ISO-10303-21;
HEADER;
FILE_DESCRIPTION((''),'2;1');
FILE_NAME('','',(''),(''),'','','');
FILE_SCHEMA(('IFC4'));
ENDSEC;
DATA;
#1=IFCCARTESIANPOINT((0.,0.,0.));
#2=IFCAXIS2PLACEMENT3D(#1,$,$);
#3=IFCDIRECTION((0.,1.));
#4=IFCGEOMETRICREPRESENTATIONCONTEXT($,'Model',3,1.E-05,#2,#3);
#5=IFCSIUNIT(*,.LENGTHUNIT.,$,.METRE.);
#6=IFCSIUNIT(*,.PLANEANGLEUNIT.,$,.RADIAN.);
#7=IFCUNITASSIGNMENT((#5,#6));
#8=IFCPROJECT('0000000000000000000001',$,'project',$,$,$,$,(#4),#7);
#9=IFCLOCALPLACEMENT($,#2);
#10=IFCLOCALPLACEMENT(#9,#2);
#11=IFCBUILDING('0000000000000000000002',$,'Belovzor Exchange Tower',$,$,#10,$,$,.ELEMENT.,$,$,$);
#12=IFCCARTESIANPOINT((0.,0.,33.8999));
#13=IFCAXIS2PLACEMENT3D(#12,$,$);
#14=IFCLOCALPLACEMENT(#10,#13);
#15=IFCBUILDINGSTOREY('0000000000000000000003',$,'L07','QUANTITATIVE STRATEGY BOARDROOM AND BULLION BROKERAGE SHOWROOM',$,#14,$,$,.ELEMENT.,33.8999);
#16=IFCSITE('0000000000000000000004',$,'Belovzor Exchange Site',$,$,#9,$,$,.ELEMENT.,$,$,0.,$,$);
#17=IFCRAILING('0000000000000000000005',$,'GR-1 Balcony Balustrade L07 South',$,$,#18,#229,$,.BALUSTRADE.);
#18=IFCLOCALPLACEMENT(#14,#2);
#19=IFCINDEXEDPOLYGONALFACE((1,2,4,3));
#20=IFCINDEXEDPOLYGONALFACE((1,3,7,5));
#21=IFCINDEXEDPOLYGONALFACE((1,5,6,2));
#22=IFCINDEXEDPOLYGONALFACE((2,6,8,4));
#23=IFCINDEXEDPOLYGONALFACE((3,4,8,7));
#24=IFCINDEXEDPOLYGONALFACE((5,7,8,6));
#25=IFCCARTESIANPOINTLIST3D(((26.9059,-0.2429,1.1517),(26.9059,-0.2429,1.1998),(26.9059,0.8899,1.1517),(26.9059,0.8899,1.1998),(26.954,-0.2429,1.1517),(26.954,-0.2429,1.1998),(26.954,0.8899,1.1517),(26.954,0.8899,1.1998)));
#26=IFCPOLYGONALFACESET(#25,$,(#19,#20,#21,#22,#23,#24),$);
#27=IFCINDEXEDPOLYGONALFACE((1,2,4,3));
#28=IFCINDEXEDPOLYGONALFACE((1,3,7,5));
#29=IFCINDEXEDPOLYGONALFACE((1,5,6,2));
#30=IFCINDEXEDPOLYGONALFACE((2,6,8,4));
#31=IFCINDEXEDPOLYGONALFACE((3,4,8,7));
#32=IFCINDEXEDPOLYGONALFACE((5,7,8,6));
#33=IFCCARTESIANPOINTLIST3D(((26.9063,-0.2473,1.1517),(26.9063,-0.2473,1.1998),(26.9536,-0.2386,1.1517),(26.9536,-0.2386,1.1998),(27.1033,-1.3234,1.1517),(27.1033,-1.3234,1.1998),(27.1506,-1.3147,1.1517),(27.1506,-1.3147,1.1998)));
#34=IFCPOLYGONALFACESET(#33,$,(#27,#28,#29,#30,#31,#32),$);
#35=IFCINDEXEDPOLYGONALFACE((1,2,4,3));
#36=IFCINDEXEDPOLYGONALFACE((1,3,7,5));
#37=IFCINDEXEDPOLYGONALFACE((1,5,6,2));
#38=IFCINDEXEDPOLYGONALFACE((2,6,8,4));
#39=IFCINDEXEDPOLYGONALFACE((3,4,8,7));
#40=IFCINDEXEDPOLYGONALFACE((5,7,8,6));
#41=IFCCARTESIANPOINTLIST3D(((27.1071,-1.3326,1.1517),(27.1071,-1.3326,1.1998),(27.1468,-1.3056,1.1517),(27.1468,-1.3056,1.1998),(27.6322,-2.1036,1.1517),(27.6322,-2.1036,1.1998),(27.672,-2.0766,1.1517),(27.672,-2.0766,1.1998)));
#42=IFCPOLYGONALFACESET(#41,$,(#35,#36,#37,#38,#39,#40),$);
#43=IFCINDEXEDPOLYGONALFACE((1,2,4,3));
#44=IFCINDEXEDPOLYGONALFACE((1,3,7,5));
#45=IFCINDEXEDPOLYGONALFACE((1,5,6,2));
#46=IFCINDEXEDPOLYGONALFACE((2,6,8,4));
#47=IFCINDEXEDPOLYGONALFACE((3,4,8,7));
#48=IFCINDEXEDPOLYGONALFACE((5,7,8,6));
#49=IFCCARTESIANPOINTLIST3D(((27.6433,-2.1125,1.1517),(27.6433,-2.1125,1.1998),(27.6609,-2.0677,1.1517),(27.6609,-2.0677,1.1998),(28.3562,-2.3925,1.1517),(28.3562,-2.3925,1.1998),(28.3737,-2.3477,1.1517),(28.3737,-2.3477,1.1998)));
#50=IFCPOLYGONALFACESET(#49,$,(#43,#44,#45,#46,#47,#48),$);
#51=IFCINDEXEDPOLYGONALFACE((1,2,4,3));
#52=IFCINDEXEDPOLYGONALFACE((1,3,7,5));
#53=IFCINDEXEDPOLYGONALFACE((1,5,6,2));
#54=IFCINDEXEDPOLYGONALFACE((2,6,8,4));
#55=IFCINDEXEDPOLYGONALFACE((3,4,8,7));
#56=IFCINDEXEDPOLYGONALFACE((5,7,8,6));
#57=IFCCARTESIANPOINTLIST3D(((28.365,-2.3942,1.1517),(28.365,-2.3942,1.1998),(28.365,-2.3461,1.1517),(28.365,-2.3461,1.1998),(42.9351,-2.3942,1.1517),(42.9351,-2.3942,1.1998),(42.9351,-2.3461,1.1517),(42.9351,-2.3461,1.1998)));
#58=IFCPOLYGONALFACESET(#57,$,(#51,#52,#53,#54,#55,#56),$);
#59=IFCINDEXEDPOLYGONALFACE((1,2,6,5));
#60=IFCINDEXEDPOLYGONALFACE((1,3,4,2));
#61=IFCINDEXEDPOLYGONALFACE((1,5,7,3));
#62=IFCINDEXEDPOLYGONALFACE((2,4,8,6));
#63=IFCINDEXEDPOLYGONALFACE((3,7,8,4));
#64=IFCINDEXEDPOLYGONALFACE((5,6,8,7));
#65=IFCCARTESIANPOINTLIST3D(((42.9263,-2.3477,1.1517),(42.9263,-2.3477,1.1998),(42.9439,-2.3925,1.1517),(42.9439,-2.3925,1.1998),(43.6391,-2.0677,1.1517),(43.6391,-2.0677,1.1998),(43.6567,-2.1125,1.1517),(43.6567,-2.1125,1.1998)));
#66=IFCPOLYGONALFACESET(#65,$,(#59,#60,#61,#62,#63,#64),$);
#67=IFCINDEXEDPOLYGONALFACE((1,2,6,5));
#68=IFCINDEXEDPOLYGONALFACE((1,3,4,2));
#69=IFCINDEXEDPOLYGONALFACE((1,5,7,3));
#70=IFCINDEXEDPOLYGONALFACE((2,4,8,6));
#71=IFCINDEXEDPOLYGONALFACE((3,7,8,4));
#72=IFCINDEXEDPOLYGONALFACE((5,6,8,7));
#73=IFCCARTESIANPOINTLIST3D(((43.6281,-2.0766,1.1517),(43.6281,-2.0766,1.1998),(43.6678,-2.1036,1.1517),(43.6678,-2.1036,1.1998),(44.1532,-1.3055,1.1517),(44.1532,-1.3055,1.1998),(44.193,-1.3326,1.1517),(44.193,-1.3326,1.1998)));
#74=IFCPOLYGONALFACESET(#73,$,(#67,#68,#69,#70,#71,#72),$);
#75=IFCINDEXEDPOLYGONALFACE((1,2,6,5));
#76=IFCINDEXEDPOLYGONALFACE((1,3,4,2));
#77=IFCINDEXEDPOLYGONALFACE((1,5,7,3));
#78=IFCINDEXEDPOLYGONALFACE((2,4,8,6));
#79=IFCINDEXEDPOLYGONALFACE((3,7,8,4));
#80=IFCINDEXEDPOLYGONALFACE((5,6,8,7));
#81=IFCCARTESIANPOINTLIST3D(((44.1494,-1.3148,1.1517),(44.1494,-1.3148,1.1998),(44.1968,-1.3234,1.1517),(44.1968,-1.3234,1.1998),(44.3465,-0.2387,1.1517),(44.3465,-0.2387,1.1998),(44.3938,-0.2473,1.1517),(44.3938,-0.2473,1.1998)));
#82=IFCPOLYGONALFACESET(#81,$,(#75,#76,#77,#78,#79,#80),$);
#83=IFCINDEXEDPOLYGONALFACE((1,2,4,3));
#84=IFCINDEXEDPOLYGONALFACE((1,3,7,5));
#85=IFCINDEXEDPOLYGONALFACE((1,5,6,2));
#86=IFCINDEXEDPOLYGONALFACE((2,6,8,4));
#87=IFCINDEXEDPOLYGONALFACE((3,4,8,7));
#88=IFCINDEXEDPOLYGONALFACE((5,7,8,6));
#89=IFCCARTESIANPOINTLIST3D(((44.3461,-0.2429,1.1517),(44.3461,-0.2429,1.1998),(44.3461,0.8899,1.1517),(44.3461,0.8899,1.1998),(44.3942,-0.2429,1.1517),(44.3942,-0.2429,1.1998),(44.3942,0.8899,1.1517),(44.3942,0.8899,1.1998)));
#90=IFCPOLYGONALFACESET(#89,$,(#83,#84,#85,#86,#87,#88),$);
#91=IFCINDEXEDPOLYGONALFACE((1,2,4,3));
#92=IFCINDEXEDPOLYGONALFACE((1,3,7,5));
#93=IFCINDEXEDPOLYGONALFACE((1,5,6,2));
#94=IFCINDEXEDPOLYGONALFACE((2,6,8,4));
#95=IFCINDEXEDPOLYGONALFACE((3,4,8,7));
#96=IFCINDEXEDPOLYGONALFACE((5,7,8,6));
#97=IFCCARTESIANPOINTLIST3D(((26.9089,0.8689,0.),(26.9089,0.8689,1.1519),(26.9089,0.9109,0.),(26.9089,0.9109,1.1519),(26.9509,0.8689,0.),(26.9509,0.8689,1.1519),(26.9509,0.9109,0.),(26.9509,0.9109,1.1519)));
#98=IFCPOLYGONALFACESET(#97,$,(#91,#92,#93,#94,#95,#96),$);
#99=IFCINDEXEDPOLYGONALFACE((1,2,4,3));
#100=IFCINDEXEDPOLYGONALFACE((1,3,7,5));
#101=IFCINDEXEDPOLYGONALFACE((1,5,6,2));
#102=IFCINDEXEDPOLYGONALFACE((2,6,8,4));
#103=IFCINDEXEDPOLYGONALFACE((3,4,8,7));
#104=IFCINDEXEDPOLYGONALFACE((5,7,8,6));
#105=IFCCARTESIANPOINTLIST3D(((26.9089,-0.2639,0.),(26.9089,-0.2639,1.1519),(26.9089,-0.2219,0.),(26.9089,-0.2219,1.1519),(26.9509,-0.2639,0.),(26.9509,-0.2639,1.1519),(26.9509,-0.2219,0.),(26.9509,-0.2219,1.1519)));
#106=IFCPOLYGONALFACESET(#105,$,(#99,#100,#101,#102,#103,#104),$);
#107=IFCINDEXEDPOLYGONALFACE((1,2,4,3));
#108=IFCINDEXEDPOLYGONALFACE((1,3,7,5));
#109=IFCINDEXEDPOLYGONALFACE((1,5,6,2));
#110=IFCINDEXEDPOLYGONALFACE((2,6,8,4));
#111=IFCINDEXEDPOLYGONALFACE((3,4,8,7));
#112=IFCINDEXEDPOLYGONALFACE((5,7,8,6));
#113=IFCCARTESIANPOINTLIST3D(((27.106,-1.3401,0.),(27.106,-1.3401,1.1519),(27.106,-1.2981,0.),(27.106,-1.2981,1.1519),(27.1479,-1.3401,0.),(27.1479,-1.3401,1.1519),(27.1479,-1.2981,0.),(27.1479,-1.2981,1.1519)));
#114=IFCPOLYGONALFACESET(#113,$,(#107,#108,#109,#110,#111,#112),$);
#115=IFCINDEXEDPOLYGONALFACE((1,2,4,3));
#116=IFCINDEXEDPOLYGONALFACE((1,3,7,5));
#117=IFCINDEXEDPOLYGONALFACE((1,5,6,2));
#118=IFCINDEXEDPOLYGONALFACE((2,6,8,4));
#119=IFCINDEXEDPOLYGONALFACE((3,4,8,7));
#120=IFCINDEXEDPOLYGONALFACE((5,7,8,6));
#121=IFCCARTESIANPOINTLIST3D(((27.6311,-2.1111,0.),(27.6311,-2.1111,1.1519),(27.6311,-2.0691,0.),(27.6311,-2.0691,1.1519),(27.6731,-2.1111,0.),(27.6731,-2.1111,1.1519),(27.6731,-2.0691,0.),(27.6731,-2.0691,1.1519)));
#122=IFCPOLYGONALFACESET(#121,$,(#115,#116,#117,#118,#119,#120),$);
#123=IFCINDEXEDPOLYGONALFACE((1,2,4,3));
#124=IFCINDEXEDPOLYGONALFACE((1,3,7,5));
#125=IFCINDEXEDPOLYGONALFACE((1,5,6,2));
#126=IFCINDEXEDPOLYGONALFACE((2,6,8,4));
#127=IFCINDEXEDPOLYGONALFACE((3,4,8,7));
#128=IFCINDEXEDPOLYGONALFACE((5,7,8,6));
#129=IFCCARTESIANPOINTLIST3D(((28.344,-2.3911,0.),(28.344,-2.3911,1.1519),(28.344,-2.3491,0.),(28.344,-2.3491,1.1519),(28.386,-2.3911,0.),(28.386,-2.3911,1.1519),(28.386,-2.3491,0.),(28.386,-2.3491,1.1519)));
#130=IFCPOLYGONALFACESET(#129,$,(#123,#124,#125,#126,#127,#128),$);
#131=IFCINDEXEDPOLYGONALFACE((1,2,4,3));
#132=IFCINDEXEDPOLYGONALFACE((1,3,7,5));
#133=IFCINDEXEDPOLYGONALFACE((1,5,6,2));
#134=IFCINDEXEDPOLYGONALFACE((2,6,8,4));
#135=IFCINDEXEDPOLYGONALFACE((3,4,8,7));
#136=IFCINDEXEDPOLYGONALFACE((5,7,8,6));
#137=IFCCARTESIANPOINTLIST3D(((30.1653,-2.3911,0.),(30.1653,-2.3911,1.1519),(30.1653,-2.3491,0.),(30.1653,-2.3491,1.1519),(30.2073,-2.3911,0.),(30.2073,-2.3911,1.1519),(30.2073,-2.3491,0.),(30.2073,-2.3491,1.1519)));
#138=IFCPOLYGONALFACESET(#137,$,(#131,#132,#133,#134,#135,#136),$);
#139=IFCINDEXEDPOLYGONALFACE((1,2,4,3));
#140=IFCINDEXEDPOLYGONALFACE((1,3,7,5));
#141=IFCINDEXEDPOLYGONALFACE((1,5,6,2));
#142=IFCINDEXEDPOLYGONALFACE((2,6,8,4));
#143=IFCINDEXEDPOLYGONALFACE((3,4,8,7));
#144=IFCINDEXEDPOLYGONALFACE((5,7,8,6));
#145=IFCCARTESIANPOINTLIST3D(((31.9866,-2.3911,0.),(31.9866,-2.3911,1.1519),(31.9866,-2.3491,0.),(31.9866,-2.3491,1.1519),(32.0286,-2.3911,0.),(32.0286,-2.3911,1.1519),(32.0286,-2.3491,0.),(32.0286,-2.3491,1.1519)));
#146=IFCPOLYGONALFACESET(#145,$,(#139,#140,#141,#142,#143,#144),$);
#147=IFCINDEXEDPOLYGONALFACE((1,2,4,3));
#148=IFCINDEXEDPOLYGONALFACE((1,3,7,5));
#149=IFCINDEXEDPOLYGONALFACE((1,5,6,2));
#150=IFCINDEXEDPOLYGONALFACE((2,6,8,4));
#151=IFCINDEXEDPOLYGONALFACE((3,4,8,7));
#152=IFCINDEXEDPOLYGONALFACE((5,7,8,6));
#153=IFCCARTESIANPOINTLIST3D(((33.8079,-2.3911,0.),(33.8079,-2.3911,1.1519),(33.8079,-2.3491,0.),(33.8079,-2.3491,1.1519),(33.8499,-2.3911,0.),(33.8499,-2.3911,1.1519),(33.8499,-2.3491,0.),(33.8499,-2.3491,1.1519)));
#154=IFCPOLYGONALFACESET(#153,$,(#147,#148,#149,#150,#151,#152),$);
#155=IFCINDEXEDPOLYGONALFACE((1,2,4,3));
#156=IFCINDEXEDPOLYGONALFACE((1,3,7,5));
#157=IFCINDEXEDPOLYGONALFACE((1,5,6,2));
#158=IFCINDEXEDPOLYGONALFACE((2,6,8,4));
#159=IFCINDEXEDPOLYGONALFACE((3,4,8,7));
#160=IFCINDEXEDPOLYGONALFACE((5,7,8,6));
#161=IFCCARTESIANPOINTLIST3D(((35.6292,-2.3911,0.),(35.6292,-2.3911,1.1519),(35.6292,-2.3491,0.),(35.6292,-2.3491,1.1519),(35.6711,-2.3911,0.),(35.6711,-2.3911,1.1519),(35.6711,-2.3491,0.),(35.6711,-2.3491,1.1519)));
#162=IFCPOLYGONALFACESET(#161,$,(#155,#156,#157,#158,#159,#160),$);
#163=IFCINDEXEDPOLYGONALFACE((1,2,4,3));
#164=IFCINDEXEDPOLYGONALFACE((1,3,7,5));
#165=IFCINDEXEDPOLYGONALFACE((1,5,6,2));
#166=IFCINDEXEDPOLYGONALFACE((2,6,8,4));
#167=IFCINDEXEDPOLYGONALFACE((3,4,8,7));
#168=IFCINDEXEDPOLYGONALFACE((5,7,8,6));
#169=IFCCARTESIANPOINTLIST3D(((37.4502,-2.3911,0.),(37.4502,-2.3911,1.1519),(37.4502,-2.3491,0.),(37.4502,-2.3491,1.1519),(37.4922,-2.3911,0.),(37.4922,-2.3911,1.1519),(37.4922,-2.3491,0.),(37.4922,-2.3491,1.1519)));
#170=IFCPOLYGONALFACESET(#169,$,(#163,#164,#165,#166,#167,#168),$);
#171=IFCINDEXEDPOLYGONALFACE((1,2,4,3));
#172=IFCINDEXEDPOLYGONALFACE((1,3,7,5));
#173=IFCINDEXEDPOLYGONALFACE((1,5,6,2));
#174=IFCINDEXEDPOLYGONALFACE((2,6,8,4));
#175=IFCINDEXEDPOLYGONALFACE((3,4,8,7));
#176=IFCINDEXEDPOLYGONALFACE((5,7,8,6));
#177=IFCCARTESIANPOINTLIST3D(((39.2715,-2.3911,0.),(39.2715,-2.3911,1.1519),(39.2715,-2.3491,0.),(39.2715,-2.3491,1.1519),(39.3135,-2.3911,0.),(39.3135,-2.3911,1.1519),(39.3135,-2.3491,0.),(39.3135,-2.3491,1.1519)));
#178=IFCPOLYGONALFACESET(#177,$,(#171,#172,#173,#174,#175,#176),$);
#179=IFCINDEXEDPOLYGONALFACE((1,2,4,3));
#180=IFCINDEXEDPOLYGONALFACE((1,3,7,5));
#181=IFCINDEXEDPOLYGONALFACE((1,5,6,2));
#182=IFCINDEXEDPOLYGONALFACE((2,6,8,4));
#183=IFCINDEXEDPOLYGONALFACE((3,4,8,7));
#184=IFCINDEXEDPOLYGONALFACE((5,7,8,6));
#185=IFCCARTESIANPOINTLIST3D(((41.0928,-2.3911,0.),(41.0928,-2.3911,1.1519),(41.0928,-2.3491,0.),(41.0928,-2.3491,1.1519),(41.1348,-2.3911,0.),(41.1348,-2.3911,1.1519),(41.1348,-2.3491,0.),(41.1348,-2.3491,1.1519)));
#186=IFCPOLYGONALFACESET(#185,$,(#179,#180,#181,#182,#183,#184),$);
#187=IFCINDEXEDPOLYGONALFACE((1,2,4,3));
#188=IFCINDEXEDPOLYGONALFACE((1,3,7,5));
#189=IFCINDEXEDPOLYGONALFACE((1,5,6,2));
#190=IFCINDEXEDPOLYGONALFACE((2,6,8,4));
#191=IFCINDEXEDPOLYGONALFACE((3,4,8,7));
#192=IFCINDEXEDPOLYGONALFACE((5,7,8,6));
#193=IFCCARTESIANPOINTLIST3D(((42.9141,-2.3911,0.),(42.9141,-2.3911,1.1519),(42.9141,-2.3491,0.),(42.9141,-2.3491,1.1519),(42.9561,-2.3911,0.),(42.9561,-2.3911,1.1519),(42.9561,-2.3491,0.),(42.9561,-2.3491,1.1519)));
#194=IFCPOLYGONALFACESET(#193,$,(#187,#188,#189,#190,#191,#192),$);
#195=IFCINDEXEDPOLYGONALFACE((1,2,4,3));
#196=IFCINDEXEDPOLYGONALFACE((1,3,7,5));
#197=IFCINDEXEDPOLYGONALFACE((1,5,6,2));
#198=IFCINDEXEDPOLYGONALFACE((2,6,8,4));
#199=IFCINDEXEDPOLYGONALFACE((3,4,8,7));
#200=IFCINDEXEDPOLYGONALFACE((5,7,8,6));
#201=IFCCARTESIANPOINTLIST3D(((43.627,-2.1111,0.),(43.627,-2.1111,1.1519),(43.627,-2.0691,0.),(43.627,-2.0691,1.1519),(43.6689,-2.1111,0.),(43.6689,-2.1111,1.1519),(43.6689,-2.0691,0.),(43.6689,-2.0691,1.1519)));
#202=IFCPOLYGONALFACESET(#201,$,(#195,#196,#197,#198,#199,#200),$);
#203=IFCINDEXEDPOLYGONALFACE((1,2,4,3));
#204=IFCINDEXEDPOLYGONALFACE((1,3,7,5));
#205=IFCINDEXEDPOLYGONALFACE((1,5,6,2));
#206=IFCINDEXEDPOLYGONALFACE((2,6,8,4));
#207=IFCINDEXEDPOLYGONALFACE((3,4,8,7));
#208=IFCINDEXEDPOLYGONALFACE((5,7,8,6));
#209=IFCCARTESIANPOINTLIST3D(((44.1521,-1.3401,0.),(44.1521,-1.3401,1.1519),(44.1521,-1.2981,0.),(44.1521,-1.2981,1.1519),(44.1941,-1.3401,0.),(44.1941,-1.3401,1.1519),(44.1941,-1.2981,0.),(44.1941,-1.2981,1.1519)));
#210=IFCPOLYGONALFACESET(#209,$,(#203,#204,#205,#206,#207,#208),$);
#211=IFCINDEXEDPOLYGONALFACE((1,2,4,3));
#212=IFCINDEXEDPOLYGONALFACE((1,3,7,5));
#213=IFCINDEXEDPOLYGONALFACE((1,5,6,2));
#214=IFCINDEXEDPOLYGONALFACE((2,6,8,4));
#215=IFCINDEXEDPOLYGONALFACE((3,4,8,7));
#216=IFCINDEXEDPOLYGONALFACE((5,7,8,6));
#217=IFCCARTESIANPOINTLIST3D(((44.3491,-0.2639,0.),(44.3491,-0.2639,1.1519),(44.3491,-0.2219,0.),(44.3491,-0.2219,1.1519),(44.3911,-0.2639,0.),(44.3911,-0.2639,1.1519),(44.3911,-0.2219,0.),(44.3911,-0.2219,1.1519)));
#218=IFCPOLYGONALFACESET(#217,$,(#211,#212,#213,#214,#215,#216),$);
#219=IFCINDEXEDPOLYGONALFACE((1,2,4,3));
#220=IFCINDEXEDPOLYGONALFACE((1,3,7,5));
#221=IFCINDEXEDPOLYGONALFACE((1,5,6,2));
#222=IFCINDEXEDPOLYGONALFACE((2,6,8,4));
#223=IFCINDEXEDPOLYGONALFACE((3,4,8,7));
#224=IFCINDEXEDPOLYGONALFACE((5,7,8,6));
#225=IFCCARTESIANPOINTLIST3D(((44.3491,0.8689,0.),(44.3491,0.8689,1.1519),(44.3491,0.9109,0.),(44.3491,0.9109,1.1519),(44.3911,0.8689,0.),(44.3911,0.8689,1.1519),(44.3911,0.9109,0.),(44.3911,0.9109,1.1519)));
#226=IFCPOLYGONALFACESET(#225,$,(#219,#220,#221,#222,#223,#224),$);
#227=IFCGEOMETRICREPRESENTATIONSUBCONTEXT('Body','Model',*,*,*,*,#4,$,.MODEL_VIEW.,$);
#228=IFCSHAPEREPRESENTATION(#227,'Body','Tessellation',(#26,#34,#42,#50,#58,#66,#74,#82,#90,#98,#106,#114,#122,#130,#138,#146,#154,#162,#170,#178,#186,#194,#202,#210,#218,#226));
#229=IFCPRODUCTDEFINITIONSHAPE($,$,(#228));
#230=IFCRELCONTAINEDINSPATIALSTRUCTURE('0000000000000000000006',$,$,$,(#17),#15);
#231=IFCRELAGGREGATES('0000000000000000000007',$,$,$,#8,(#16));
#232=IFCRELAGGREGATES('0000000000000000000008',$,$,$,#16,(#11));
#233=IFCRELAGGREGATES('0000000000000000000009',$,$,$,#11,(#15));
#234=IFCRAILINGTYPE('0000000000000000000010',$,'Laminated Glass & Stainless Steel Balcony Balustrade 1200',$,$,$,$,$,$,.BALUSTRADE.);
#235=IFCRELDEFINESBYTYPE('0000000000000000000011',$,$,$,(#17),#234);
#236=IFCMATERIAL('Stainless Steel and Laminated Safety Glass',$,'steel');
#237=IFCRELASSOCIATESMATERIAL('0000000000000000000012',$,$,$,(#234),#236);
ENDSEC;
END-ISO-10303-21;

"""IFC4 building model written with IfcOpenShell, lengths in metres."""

from ifc_helpers import new_model, si_unit, direction, frame, origin, origin_2d, place, context, subcontext, project, spatial, rectangle, extrude, material, type_object, element, save


model = new_model("IFC4")

# Units and contexts
model_context = context("Model", 3, precision=1e-05, world=origin(), true_north=direction((0.0, 1.0)))
body_context = subcontext(model_context, "Body", "Model", "MODEL_VIEW")
ifc_project = project(units=[si_unit("LENGTHUNIT", "METRE"), si_unit("PLANEANGLEUNIT", "RADIAN")], contexts=[model_context])

# Site, building, storey
site_placement = place(None, origin())
site = spatial("IfcSite", under=ifc_project, at=site_placement, Name="Belovzor Exchange Site", CompositionType="ELEMENT", RefElevation=0.0)
building_placement = place(site_placement, origin())
building = spatial("IfcBuilding", under=site, at=building_placement, Name="Belovzor Exchange Tower", CompositionType="ELEMENT")
storey_placement = place(building_placement, frame((0.0, 0.0, 33.8999)))
storey = spatial("IfcBuildingStorey", under=building, at=storey_placement, Name="L07", Description="QUANTITATIVE STRATEGY BOARDROOM AND BULLION BROKERAGE SHOWROOM", CompositionType="ELEMENT", Elevation=33.8999)

# Railing
ifc_material_1 = material(Name="Stainless Steel and Laminated Safety Glass", Category="steel")
railing_type = type_object("IfcRailingType", Name="Laminated Glass & Stainless Steel Balcony Balustrade 1200", PredefinedType="BALUSTRADE", material=ifc_material_1)
railing_placement = place(storey_placement, frame((26.9299, 0.8899, 0.0)))
element("IfcRailing", 1, at=railing_placement, inside=storey, type_object=railing_type, Name="GR-1 Balcony Balustrade L07 South", PredefinedType="BALUSTRADE", context=body_context, shape_type="SweptSolid", body=[
    extrude(rectangle(XDim=0.0481, YDim=0.0481, at=origin_2d()), frame((0.0, 0.0, 1.1758), z_axis=(0.0, -1.0, 0.0), x_axis=(1.0, 0.0, 0.0)), (0.0, 0.0, 1.0), 1.1328),
    extrude(rectangle(XDim=0.0481, YDim=0.0481, at=origin_2d()), frame((0.0, -1.1328, 1.1758), z_axis=(0.180083, -0.983651, 0.0), x_axis=(0.983651, 0.180083, 0.0)), (0.0, 0.0, 1.0), 1.094),
    extrude(rectangle(XDim=0.0481, YDim=0.0481, at=origin_2d()), frame((0.197, -2.209, 1.1758), z_axis=(0.562947, -0.826493, 0.0), x_axis=(0.826493, 0.562947, 0.0)), (0.0, 0.0, 1.0), 0.9329),
    extrude(rectangle(XDim=0.0481, YDim=0.0481, at=origin_2d()), frame((0.7222, -2.98, 1.1758), z_axis=(0.930767, -0.365613, 0.0), x_axis=(0.365613, 0.930767, 0.0)), (0.0, 0.0, 1.0), 0.7659),
    extrude(rectangle(XDim=0.0481, YDim=0.0481, at=origin_2d()), frame((1.4351, -3.26, 1.1758), z_axis=(1.0, 0.0, 0.0), x_axis=(0.0, 1.0, 0.0)), (0.0, 0.0, 1.0), 14.5701),
    extrude(rectangle(XDim=0.0481, YDim=0.0481, at=origin_2d()), frame((16.0051, -3.26, 1.1758), z_axis=(0.930767, 0.365613, 0.0), x_axis=(-0.365613, 0.930767, 0.0)), (0.0, 0.0, 1.0), 0.7659),
    extrude(rectangle(XDim=0.0481, YDim=0.0481, at=origin_2d()), frame((16.718, -2.98, 1.1758), z_axis=(0.562947, 0.826493, 0.0), x_axis=(-0.826493, 0.562947, 0.0)), (0.0, 0.0, 1.0), 0.9329),
    extrude(rectangle(XDim=0.0481, YDim=0.0481, at=origin_2d()), frame((17.2432, -2.209, 1.1758), z_axis=(0.180083, 0.983651, 0.0), x_axis=(-0.983651, 0.180083, 0.0)), (0.0, 0.0, 1.0), 1.094),
    extrude(rectangle(XDim=0.0481, YDim=0.0481, at=origin_2d()), frame((17.4402, -1.1328, 1.1758), z_axis=(0.0, 1.0, 0.0), x_axis=(-1.0, 0.0, 0.0)), (0.0, 0.0, 1.0), 1.1328),
    extrude(rectangle(XDim=0.042, YDim=0.042, at=origin_2d()), origin(), (0.0, 0.0, 1.0), 1.1519),
    extrude(rectangle(XDim=0.042, YDim=0.042, at=origin_2d()), frame((0.0, -1.1328, 0.0)), (0.0, 0.0, 1.0), 1.1519),
    extrude(rectangle(XDim=0.042, YDim=0.042, at=origin_2d()), frame((0.197, -2.209, 0.0)), (0.0, 0.0, 1.0), 1.1519),
    extrude(rectangle(XDim=0.042, YDim=0.042, at=origin_2d()), frame((0.7222, -2.98, 0.0)), (0.0, 0.0, 1.0), 1.1519),
    extrude(rectangle(XDim=0.042, YDim=0.042, at=origin_2d()), frame((1.4351, -3.26, 0.0)), (0.0, 0.0, 1.0), 1.1519),
    extrude(rectangle(XDim=0.042, YDim=0.042, at=origin_2d()), frame((3.2563, -3.26, 0.0)), (0.0, 0.0, 1.0), 1.1519),
    extrude(rectangle(XDim=0.042, YDim=0.042, at=origin_2d()), frame((5.0776, -3.26, 0.0)), (0.0, 0.0, 1.0), 1.1519),
    extrude(rectangle(XDim=0.042, YDim=0.042, at=origin_2d()), frame((6.8989, -3.26, 0.0)), (0.0, 0.0, 1.0), 1.1519),
    extrude(rectangle(XDim=0.042, YDim=0.042, at=origin_2d()), frame((8.7202, -3.26, 0.0)), (0.0, 0.0, 1.0), 1.1519),
    extrude(rectangle(XDim=0.042, YDim=0.042, at=origin_2d()), frame((10.5413, -3.26, 0.0)), (0.0, 0.0, 1.0), 1.1519),
    extrude(rectangle(XDim=0.042, YDim=0.042, at=origin_2d()), frame((12.3625, -3.26, 0.0)), (0.0, 0.0, 1.0), 1.1519),
    extrude(rectangle(XDim=0.042, YDim=0.042, at=origin_2d()), frame((14.1838, -3.26, 0.0)), (0.0, 0.0, 1.0), 1.1519),
    extrude(rectangle(XDim=0.042, YDim=0.042, at=origin_2d()), frame((16.0051, -3.26, 0.0)), (0.0, 0.0, 1.0), 1.1519),
    extrude(rectangle(XDim=0.042, YDim=0.042, at=origin_2d()), frame((16.718, -2.98, 0.0)), (0.0, 0.0, 1.0), 1.1519),
    extrude(rectangle(XDim=0.042, YDim=0.042, at=origin_2d()), frame((17.2432, -2.209, 0.0)), (0.0, 0.0, 1.0), 1.1519),
    extrude(rectangle(XDim=0.042, YDim=0.042, at=origin_2d()), frame((17.4402, -1.1328, 0.0)), (0.0, 0.0, 1.0), 1.1519),
    extrude(rectangle(XDim=0.042, YDim=0.042, at=origin_2d()), frame((17.4402, 0.0, 0.0)), (0.0, 0.0, 1.0), 1.1519),
])

save(model, "model.ifc")
